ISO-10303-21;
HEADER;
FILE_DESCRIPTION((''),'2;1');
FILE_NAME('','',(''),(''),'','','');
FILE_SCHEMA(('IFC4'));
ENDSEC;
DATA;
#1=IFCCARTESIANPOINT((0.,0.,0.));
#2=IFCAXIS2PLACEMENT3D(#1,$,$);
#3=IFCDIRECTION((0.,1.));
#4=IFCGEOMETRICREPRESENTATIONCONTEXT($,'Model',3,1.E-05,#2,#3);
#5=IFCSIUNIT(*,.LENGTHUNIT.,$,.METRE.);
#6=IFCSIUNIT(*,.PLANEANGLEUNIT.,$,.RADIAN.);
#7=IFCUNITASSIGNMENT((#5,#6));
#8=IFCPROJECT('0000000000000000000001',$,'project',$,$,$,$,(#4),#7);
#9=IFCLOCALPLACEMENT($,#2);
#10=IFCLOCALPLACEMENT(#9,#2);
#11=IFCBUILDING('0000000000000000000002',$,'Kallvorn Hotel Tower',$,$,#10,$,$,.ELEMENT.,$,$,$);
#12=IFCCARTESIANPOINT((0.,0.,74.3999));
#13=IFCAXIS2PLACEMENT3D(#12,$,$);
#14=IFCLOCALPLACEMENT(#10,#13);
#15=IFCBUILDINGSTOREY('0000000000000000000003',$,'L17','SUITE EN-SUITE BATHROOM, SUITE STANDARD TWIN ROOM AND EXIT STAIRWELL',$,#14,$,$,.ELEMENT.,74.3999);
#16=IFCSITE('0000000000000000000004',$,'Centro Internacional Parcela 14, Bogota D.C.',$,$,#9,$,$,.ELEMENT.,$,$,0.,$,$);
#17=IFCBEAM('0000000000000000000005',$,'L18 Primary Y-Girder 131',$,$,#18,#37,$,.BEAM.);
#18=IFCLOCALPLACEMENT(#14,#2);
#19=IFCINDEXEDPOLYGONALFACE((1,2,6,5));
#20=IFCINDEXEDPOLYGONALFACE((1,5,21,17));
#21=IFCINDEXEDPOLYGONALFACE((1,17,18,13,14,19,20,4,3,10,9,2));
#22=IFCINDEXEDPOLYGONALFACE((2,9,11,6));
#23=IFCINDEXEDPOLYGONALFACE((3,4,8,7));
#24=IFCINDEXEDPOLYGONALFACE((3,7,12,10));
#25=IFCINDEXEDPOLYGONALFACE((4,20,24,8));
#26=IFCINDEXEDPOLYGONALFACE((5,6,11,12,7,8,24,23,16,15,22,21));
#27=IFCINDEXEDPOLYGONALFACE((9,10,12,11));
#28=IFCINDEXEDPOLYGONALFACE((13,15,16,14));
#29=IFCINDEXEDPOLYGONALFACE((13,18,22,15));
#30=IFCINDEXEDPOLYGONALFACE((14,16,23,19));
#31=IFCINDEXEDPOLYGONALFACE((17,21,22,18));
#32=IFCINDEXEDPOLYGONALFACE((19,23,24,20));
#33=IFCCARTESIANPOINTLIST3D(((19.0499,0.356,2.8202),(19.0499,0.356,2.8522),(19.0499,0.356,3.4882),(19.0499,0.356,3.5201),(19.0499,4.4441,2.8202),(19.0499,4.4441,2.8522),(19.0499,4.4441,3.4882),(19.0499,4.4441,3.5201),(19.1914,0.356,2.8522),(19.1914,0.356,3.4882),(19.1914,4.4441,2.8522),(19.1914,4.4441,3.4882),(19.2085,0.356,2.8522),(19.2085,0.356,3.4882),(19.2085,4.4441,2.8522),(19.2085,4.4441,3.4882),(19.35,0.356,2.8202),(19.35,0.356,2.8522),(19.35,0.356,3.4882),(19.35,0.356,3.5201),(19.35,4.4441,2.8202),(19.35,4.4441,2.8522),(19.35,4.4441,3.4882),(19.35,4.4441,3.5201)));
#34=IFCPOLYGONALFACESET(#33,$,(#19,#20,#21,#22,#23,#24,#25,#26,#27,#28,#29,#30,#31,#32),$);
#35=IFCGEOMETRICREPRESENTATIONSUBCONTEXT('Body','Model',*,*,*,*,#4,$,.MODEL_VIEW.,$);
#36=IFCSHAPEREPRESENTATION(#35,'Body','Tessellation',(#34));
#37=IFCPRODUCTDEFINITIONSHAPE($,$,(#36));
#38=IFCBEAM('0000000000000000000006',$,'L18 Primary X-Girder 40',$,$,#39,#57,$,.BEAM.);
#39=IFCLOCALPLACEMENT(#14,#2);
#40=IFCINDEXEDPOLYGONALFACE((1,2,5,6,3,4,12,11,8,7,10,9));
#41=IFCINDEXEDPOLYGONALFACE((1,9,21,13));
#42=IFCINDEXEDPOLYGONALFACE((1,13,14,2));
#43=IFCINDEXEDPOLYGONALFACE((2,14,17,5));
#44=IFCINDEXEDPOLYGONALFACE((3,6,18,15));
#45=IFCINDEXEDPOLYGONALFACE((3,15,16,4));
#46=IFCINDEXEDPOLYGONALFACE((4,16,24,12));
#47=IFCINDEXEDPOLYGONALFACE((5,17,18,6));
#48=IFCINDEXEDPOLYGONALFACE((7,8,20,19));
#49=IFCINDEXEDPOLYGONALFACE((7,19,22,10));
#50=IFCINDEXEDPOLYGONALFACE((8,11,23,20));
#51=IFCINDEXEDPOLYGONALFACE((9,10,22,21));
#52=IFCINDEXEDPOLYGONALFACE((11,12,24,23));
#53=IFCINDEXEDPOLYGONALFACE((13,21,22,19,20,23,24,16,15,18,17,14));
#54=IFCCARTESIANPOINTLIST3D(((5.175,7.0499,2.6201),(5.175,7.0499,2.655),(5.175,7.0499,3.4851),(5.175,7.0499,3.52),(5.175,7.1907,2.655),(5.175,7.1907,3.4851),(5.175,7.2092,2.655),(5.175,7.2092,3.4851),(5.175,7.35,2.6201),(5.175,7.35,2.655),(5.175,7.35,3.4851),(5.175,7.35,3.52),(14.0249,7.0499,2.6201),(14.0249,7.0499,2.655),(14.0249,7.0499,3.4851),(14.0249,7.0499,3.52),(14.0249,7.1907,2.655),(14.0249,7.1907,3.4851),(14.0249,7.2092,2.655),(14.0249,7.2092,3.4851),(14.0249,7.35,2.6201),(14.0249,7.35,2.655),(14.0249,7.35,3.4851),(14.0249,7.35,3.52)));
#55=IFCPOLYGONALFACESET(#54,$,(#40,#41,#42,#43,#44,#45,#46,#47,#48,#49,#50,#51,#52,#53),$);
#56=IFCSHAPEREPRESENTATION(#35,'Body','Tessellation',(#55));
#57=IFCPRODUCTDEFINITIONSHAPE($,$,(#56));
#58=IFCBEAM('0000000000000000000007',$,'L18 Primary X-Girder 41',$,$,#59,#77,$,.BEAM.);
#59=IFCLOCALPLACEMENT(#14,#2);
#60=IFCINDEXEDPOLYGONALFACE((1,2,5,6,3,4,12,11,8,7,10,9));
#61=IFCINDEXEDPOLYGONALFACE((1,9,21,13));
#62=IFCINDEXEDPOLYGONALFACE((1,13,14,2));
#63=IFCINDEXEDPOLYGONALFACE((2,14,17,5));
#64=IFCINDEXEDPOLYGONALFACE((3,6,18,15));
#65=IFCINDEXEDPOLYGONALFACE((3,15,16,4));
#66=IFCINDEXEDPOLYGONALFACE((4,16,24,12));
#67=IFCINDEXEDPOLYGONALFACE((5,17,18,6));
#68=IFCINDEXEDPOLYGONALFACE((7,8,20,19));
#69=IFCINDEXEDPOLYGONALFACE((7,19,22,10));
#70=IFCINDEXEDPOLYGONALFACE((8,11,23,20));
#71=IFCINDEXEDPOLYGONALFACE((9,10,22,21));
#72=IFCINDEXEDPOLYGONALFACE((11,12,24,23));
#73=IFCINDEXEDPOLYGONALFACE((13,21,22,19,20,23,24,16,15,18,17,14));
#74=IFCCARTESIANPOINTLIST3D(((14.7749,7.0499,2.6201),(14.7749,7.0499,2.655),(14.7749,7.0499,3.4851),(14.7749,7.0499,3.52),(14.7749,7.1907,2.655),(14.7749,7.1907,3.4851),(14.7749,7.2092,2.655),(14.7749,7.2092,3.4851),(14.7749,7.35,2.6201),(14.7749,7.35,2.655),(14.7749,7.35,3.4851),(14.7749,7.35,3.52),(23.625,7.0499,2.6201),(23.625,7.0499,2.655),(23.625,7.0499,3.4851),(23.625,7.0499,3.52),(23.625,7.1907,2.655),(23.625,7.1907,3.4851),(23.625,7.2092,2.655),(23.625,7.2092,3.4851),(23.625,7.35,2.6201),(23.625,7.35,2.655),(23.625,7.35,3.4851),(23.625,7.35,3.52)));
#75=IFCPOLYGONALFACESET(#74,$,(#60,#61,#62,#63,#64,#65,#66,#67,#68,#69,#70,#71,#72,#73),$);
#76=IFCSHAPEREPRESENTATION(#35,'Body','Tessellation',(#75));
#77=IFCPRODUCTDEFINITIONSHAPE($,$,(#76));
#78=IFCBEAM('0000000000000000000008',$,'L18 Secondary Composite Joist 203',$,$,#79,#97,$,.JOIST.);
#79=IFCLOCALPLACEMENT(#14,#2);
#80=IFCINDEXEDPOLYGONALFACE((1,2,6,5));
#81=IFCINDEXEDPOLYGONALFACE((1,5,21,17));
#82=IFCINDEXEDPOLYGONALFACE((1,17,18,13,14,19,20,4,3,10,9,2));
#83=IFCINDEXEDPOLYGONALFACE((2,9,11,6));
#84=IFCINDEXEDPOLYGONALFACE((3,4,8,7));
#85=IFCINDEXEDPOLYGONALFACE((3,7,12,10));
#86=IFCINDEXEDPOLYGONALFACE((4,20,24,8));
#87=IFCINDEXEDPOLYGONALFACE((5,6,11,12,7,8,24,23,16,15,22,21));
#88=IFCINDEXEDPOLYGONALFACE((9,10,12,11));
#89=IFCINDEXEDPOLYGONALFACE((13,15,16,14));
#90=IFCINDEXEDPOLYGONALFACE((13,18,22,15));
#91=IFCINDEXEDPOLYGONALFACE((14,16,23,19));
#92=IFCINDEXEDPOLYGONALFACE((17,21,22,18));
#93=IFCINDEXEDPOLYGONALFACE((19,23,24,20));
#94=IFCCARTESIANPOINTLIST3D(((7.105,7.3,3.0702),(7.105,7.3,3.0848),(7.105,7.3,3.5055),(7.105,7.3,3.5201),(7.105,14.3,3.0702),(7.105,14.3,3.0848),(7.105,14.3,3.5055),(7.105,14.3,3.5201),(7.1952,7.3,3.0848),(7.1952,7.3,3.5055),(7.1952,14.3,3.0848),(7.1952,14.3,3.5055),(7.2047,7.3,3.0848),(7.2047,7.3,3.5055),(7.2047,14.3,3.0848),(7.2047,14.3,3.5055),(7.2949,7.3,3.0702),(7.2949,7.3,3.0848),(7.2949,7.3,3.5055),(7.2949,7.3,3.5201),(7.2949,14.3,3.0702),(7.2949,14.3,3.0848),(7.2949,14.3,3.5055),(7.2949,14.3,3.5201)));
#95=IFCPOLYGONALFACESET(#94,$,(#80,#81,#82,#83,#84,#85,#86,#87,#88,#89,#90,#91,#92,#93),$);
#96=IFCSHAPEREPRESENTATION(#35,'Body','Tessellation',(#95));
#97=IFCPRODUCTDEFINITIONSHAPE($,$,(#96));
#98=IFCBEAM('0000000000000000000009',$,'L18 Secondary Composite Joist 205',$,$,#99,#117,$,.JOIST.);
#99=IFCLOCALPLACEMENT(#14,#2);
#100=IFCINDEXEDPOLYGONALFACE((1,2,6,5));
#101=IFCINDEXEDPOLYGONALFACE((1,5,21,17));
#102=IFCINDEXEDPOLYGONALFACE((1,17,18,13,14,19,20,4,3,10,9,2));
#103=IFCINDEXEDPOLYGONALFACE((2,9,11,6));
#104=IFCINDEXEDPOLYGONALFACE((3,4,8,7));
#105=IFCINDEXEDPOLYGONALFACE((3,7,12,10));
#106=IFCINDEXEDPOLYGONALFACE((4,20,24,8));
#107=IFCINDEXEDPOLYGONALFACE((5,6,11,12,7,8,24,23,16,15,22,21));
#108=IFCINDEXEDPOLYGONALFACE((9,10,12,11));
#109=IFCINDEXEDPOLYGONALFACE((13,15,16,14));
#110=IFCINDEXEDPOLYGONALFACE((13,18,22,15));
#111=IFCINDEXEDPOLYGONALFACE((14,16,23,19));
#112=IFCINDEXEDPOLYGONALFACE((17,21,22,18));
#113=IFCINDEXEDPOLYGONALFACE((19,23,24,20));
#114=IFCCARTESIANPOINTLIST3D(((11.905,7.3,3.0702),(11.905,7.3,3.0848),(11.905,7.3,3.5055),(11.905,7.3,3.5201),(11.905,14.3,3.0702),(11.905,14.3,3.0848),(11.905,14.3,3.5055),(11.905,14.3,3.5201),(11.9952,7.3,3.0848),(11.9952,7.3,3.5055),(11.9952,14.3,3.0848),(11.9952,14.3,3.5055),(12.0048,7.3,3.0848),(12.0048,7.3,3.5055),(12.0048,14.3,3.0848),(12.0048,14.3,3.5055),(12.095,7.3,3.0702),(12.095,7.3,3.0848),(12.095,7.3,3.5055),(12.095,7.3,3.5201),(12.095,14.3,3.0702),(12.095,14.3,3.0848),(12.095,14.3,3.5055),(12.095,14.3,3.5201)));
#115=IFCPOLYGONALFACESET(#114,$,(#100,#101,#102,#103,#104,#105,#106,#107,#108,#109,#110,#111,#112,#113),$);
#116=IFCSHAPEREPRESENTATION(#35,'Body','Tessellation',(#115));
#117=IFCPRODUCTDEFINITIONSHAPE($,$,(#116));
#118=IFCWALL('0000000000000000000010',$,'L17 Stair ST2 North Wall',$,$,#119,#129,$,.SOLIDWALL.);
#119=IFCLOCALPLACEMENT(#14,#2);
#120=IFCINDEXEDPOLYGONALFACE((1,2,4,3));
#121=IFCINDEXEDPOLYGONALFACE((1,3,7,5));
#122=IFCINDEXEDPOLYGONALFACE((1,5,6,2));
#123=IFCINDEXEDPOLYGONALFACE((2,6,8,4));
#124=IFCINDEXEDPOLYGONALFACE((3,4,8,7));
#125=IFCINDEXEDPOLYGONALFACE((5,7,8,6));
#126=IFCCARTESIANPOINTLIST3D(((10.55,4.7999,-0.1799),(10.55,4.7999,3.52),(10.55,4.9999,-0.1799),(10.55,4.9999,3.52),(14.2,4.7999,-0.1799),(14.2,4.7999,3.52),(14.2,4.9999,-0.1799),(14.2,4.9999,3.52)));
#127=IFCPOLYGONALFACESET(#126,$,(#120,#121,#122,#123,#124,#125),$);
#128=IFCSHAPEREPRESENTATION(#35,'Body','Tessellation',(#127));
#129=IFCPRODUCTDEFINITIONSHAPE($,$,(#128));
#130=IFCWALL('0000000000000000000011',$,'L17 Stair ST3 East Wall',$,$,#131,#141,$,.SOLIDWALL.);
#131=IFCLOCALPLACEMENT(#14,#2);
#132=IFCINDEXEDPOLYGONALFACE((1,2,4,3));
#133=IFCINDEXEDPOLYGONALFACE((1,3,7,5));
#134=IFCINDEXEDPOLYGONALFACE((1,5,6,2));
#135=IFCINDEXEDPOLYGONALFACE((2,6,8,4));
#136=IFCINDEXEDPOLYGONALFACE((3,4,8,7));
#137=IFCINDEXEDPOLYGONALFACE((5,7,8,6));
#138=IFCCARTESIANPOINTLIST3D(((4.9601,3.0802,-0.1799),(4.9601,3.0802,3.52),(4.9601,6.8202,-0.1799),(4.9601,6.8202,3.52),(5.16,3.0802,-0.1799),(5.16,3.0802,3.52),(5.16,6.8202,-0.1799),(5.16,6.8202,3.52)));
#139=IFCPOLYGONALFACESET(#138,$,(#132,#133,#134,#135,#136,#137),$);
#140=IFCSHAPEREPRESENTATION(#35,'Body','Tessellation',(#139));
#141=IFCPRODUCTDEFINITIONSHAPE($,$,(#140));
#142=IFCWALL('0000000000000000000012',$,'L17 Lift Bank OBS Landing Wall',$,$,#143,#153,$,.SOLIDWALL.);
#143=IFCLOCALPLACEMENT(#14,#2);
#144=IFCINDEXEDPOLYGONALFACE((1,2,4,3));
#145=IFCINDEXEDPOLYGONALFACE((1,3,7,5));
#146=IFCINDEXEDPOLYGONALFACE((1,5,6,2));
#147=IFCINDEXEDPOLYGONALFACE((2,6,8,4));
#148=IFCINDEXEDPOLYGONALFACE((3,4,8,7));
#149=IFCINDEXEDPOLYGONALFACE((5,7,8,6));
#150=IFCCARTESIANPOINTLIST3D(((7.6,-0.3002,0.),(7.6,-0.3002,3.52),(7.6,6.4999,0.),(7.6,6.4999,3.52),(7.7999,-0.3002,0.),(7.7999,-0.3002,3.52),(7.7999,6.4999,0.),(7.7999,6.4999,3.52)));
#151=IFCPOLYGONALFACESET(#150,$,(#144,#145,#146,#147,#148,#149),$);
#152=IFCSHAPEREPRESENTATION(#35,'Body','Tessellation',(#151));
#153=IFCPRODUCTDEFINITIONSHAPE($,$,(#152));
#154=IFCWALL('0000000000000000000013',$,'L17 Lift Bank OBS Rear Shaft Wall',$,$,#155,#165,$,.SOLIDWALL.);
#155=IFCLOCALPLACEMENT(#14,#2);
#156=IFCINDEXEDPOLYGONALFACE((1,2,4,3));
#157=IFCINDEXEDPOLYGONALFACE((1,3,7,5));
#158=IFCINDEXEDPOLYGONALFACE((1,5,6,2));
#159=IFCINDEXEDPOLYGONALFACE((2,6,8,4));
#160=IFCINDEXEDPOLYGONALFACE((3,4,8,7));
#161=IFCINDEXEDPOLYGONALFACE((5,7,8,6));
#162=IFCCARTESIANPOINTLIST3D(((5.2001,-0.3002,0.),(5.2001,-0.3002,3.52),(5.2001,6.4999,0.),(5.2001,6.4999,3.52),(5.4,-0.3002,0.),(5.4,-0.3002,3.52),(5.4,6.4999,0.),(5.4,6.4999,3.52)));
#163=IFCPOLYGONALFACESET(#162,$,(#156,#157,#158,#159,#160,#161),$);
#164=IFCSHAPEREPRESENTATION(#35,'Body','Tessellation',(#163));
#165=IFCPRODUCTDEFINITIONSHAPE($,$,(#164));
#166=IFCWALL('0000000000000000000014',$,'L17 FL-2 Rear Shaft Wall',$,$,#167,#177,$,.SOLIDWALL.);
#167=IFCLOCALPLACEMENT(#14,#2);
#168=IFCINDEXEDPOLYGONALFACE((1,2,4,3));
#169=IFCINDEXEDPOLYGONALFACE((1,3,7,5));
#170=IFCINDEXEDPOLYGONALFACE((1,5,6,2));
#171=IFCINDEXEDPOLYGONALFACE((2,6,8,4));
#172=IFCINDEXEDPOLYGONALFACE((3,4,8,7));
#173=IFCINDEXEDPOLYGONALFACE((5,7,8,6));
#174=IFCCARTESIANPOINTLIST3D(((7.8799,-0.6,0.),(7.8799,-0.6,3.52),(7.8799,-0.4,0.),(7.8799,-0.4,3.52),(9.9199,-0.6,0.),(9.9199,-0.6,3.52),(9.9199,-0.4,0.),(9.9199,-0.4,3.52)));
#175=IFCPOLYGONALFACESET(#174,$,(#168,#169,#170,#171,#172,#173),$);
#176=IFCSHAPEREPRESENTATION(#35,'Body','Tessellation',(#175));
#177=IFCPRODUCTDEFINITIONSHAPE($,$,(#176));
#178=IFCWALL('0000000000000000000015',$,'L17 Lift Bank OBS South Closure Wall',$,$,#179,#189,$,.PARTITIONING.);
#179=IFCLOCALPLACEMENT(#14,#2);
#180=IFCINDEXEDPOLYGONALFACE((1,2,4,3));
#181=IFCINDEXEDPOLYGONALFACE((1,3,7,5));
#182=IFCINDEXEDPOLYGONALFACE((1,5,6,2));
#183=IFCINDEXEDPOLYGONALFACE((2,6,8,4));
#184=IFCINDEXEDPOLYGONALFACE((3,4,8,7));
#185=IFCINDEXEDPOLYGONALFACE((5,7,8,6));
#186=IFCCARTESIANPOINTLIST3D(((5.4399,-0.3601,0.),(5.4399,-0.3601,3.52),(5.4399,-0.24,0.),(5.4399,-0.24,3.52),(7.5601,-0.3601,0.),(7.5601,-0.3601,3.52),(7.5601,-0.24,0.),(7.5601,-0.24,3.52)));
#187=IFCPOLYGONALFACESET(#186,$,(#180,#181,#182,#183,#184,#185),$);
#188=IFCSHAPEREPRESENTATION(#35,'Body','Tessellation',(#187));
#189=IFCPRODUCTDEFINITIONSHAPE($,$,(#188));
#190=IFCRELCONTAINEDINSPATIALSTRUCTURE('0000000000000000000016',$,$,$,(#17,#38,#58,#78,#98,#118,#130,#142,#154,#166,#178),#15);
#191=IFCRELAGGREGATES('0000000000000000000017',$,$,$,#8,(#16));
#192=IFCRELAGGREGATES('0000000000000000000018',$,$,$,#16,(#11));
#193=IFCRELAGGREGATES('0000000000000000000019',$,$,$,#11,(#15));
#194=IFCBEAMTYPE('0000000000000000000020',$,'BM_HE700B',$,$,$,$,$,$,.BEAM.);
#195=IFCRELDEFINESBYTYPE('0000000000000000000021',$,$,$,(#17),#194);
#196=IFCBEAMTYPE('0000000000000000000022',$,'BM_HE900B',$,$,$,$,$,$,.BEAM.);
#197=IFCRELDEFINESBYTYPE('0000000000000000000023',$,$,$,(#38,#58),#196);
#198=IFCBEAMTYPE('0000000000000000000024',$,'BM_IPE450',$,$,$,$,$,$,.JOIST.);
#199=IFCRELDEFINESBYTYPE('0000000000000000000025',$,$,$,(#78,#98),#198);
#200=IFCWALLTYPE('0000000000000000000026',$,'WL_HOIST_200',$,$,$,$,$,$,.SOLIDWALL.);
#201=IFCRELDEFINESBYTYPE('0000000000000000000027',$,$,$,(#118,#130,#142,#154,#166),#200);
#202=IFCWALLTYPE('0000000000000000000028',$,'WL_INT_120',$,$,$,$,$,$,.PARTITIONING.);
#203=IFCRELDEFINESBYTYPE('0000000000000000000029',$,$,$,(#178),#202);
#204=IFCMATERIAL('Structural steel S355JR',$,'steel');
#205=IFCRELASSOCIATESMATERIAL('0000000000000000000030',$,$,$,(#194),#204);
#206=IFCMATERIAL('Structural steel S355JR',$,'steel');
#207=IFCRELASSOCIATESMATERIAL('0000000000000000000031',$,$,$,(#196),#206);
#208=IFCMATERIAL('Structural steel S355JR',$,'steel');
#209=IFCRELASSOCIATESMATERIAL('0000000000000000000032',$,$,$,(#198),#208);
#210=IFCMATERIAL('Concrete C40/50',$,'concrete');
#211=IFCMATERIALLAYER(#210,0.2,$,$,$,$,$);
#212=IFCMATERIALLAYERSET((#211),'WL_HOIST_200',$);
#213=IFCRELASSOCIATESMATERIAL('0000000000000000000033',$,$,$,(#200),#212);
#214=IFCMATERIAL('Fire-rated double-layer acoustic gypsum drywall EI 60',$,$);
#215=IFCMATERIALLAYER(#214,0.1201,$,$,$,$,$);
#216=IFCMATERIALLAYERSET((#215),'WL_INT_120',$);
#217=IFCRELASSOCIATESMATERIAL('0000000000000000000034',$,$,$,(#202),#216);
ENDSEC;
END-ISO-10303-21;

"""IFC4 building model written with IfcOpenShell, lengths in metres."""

from ifc_helpers import new_model, si_unit, direction, frame, frame_2d, origin, origin_2d, place, context, subcontext, project, spatial, rectangle, i_section, extrude, material, layer, layer_set, material_profile, profile_set, type_object, element, save


model = new_model("IFC4")

# Units and contexts
model_context = context("Model", 3, precision=1e-05, world=origin(), true_north=direction((0.0, 1.0)))
body_context = subcontext(model_context, "Body", "Model", "MODEL_VIEW")
ifc_project = project(units=[si_unit("LENGTHUNIT", "METRE"), si_unit("PLANEANGLEUNIT", "RADIAN")], contexts=[model_context])

# Site, building, storey
site_placement = place(None, origin())
site = spatial("IfcSite", under=ifc_project, at=site_placement, Name="Centro Internacional Parcela 14, Bogota D.C.", CompositionType="ELEMENT", RefElevation=0.0)
building_placement = place(site_placement, origin())
building = spatial("IfcBuilding", under=site, at=building_placement, Name="Kallvorn Hotel Tower", CompositionType="ELEMENT")
storey_placement = place(building_placement, frame((0.0, 0.0, 74.3999)))
storey = spatial("IfcBuildingStorey", under=building, at=storey_placement, Name="L17", Description="SUITE EN-SUITE BATHROOM, SUITE STANDARD TWIN ROOM AND EXIT STAIRWELL", CompositionType="ELEMENT", Elevation=74.3999)

# Beams
ifc_material_1 = material(Name="Structural steel S355JR", Category="steel")
ifc_material_profile_1 = material_profile(ifc_material_1, i_section(OverallWidth=0.3, OverallDepth=0.7, WebThickness=0.0171, FlangeThickness=0.032, at=origin_2d()), Name="HE 700 B")
ifc_profile_set_1 = profile_set([ifc_material_profile_1], Name="Structural steel S355JR")
beam_type_1 = type_object("IfcBeamType", Name="BM_HE700B", PredefinedType="BEAM", material=ifc_profile_set_1)
beam_1_placement = place(storey_placement, frame((19.2, 0.356, 3.1702), z_axis=(0.0, 1.0, 0.0), x_axis=(-1.0, 0.0, 0.0)))
element("IfcBeam", 1, at=beam_1_placement, inside=storey, type_object=beam_type_1, Name="L18 Primary Y-Girder 131", PredefinedType="BEAM", context=body_context, shape_type="SweptSolid", body=[
    extrude(i_section(OverallWidth=0.3, OverallDepth=0.7, WebThickness=0.0171, FlangeThickness=0.032, at=origin_2d()), origin(), (0.0, 0.0, 1.0), 4.0881),
])
ifc_material_2 = material(Name="Structural steel S355JR", Category="steel")
ifc_material_profile_2 = material_profile(ifc_material_2, i_section(OverallWidth=0.3, OverallDepth=0.8999, WebThickness=0.0186, FlangeThickness=0.0349, at=origin_2d()), Name="HE 900 B")
ifc_profile_set_2 = profile_set([ifc_material_profile_2], Name="Structural steel S355JR")
beam_type_2 = type_object("IfcBeamType", Name="BM_HE900B", PredefinedType="BEAM", material=ifc_profile_set_2)
beam_2_placement = place(storey_placement, frame((5.175, 7.2, 3.0701), z_axis=(1.0, 0.0, 0.0), x_axis=(0.0, 1.0, 0.0)))
element("IfcBeam", 2, at=beam_2_placement, inside=storey, type_object=beam_type_2, Name="L18 Primary X-Girder 40", PredefinedType="BEAM", context=body_context, shape_type="SweptSolid", body=[
    extrude(i_section(OverallWidth=0.3, OverallDepth=0.8999, WebThickness=0.0186, FlangeThickness=0.0349, at=origin_2d()), origin(), (0.0, 0.0, 1.0), 8.8499),
])
beam_3_placement = place(storey_placement, frame((14.7749, 7.2, 3.0701), z_axis=(1.0, 0.0, 0.0), x_axis=(0.0, 1.0, 0.0)))
element("IfcBeam", 3, at=beam_3_placement, inside=storey, type_object=beam_type_2, Name="L18 Primary X-Girder 41", PredefinedType="BEAM", context=body_context, shape_type="SweptSolid", body=[
    extrude(i_section(OverallWidth=0.3, OverallDepth=0.8999, WebThickness=0.0186, FlangeThickness=0.0349, at=origin_2d()), origin(), (0.0, 0.0, 1.0), 8.8501),
])
ifc_material_3 = material(Name="Structural steel S355JR", Category="steel")
ifc_material_profile_3 = material_profile(ifc_material_3, i_section(OverallWidth=0.1899, OverallDepth=0.45, WebThickness=0.0095, FlangeThickness=0.0146, at=origin_2d()), Name="IPE 450")
ifc_profile_set_3 = profile_set([ifc_material_profile_3], Name="Structural steel S355JR")
beam_type_3 = type_object("IfcBeamType", Name="BM_IPE450", PredefinedType="JOIST", material=ifc_profile_set_3)
for number, where, z_axis, x_axis, name in (
    (4, (7.2, 7.3, 3.2952), (0.0, 1.0, 0.0), (-1.0, 0.0, 0.0), "L18 Secondary Composite Joist 203"),
    (5, (12.0, 7.3, 3.2952), (0.0, 1.0, 0.0), (-1.0, 0.0, 0.0), "L18 Secondary Composite Joist 205"),
):
    element("IfcBeam", number, at=place(storey_placement, frame(where, z_axis=z_axis, x_axis=x_axis)), inside=storey, type_object=beam_type_3, Name=name, PredefinedType="JOIST", context=body_context, shape_type="SweptSolid", body=[
        extrude(i_section(OverallWidth=0.1899, OverallDepth=0.45, WebThickness=0.0095, FlangeThickness=0.0146, at=origin_2d()), origin(), (0.0, 0.0, 1.0), 7.0),
    ])

# Walls
ifc_material_4 = material(Name="Concrete C40/50", Category="concrete")
ifc_layer_1 = layer(ifc_material_4, 0.2)
ifc_layer_set_1 = layer_set([ifc_layer_1], Name="WL_HOIST_200")
wall_type_1 = type_object("IfcWallType", Name="WL_HOIST_200", PredefinedType="SOLIDWALL", material=ifc_layer_set_1)
wall_1_placement = place(storey_placement, frame((10.55, 4.8999, -0.1799), z_axis=(0.0, 0.0, 1.0), x_axis=(1.0, 0.0, 0.0)))
element("IfcWall", 6, at=wall_1_placement, inside=storey, type_object=wall_type_1, Name="L17 Stair ST2 North Wall", PredefinedType="SOLIDWALL", context=body_context, shape_type="SweptSolid", body=[
    extrude(rectangle(XDim=3.6499, YDim=0.2, at=frame_2d((1.825, 0.0))), origin(), (0.0, 0.0, 1.0), 3.7),
])
wall_2_placement = place(storey_placement, frame((5.0601, 3.0801, -0.1799), z_axis=(0.0, 0.0, 1.0), x_axis=(0.0, 1.0, 0.0)))
element("IfcWall", 7, at=wall_2_placement, inside=storey, type_object=wall_type_1, Name="L17 Stair ST3 East Wall", PredefinedType="SOLIDWALL", context=body_context, shape_type="SweptSolid", body=[
    extrude(rectangle(XDim=3.74, YDim=0.2, at=frame_2d((1.8701, 0.0))), origin(), (0.0, 0.0, 1.0), 3.7),
])
for number, where, z_axis, x_axis, name in (
    (8, (7.7, -0.3, 0.0), (0.0, 0.0, 1.0), (0.0, 1.0, 0.0), "L17 Lift Bank OBS Landing Wall"),
    (9, (5.3, -0.3, 0.0), (0.0, 0.0, 1.0), (0.0, 1.0, 0.0), "L17 Lift Bank OBS Rear Shaft Wall"),
):
    element("IfcWall", number, at=place(storey_placement, frame(where, z_axis=z_axis, x_axis=x_axis)), inside=storey, type_object=wall_type_1, Name=name, PredefinedType="SOLIDWALL", context=body_context, shape_type="SweptSolid", body=[
        extrude(rectangle(XDim=6.8, YDim=0.2, at=frame_2d((3.3999, 0.0))), origin(), (0.0, 0.0, 1.0), 3.52),
    ])
wall_3_placement = place(storey_placement, frame((7.8799, -0.5, 0.0), z_axis=(0.0, 0.0, 1.0), x_axis=(1.0, 0.0, 0.0)))
element("IfcWall", 10, at=wall_3_placement, inside=storey, type_object=wall_type_1, Name="L17 FL-2 Rear Shaft Wall", PredefinedType="SOLIDWALL", context=body_context, shape_type="SweptSolid", body=[
    extrude(rectangle(XDim=2.04, YDim=0.2, at=frame_2d((1.02, 0.0))), origin(), (0.0, 0.0, 1.0), 3.52),
])
ifc_material_5 = material(Name="Fire-rated double-layer acoustic gypsum drywall EI 60")
ifc_layer_2 = layer(ifc_material_5, 0.1201)
ifc_layer_set_2 = layer_set([ifc_layer_2], Name="WL_INT_120")
wall_type_2 = type_object("IfcWallType", Name="WL_INT_120", PredefinedType="PARTITIONING", material=ifc_layer_set_2)
for number, where, z_axis, x_axis, name in (
    (11, (5.4399, -0.3, 0.0), (0.0, 0.0, 1.0), (1.0, 0.0, 0.0), "L17 Lift Bank OBS South Closure Wall"),
):
    element("IfcWall", number, at=place(storey_placement, frame(where, z_axis=z_axis, x_axis=x_axis)), inside=storey, type_object=wall_type_2, Name=name, PredefinedType="PARTITIONING", context=body_context, shape_type="SweptSolid", body=[
        extrude(rectangle(XDim=2.1201, YDim=0.1201, at=frame_2d((1.0601, 0.0))), origin(), (0.0, 0.0, 1.0), 3.52),
    ])

save(model, "model.ifc")
